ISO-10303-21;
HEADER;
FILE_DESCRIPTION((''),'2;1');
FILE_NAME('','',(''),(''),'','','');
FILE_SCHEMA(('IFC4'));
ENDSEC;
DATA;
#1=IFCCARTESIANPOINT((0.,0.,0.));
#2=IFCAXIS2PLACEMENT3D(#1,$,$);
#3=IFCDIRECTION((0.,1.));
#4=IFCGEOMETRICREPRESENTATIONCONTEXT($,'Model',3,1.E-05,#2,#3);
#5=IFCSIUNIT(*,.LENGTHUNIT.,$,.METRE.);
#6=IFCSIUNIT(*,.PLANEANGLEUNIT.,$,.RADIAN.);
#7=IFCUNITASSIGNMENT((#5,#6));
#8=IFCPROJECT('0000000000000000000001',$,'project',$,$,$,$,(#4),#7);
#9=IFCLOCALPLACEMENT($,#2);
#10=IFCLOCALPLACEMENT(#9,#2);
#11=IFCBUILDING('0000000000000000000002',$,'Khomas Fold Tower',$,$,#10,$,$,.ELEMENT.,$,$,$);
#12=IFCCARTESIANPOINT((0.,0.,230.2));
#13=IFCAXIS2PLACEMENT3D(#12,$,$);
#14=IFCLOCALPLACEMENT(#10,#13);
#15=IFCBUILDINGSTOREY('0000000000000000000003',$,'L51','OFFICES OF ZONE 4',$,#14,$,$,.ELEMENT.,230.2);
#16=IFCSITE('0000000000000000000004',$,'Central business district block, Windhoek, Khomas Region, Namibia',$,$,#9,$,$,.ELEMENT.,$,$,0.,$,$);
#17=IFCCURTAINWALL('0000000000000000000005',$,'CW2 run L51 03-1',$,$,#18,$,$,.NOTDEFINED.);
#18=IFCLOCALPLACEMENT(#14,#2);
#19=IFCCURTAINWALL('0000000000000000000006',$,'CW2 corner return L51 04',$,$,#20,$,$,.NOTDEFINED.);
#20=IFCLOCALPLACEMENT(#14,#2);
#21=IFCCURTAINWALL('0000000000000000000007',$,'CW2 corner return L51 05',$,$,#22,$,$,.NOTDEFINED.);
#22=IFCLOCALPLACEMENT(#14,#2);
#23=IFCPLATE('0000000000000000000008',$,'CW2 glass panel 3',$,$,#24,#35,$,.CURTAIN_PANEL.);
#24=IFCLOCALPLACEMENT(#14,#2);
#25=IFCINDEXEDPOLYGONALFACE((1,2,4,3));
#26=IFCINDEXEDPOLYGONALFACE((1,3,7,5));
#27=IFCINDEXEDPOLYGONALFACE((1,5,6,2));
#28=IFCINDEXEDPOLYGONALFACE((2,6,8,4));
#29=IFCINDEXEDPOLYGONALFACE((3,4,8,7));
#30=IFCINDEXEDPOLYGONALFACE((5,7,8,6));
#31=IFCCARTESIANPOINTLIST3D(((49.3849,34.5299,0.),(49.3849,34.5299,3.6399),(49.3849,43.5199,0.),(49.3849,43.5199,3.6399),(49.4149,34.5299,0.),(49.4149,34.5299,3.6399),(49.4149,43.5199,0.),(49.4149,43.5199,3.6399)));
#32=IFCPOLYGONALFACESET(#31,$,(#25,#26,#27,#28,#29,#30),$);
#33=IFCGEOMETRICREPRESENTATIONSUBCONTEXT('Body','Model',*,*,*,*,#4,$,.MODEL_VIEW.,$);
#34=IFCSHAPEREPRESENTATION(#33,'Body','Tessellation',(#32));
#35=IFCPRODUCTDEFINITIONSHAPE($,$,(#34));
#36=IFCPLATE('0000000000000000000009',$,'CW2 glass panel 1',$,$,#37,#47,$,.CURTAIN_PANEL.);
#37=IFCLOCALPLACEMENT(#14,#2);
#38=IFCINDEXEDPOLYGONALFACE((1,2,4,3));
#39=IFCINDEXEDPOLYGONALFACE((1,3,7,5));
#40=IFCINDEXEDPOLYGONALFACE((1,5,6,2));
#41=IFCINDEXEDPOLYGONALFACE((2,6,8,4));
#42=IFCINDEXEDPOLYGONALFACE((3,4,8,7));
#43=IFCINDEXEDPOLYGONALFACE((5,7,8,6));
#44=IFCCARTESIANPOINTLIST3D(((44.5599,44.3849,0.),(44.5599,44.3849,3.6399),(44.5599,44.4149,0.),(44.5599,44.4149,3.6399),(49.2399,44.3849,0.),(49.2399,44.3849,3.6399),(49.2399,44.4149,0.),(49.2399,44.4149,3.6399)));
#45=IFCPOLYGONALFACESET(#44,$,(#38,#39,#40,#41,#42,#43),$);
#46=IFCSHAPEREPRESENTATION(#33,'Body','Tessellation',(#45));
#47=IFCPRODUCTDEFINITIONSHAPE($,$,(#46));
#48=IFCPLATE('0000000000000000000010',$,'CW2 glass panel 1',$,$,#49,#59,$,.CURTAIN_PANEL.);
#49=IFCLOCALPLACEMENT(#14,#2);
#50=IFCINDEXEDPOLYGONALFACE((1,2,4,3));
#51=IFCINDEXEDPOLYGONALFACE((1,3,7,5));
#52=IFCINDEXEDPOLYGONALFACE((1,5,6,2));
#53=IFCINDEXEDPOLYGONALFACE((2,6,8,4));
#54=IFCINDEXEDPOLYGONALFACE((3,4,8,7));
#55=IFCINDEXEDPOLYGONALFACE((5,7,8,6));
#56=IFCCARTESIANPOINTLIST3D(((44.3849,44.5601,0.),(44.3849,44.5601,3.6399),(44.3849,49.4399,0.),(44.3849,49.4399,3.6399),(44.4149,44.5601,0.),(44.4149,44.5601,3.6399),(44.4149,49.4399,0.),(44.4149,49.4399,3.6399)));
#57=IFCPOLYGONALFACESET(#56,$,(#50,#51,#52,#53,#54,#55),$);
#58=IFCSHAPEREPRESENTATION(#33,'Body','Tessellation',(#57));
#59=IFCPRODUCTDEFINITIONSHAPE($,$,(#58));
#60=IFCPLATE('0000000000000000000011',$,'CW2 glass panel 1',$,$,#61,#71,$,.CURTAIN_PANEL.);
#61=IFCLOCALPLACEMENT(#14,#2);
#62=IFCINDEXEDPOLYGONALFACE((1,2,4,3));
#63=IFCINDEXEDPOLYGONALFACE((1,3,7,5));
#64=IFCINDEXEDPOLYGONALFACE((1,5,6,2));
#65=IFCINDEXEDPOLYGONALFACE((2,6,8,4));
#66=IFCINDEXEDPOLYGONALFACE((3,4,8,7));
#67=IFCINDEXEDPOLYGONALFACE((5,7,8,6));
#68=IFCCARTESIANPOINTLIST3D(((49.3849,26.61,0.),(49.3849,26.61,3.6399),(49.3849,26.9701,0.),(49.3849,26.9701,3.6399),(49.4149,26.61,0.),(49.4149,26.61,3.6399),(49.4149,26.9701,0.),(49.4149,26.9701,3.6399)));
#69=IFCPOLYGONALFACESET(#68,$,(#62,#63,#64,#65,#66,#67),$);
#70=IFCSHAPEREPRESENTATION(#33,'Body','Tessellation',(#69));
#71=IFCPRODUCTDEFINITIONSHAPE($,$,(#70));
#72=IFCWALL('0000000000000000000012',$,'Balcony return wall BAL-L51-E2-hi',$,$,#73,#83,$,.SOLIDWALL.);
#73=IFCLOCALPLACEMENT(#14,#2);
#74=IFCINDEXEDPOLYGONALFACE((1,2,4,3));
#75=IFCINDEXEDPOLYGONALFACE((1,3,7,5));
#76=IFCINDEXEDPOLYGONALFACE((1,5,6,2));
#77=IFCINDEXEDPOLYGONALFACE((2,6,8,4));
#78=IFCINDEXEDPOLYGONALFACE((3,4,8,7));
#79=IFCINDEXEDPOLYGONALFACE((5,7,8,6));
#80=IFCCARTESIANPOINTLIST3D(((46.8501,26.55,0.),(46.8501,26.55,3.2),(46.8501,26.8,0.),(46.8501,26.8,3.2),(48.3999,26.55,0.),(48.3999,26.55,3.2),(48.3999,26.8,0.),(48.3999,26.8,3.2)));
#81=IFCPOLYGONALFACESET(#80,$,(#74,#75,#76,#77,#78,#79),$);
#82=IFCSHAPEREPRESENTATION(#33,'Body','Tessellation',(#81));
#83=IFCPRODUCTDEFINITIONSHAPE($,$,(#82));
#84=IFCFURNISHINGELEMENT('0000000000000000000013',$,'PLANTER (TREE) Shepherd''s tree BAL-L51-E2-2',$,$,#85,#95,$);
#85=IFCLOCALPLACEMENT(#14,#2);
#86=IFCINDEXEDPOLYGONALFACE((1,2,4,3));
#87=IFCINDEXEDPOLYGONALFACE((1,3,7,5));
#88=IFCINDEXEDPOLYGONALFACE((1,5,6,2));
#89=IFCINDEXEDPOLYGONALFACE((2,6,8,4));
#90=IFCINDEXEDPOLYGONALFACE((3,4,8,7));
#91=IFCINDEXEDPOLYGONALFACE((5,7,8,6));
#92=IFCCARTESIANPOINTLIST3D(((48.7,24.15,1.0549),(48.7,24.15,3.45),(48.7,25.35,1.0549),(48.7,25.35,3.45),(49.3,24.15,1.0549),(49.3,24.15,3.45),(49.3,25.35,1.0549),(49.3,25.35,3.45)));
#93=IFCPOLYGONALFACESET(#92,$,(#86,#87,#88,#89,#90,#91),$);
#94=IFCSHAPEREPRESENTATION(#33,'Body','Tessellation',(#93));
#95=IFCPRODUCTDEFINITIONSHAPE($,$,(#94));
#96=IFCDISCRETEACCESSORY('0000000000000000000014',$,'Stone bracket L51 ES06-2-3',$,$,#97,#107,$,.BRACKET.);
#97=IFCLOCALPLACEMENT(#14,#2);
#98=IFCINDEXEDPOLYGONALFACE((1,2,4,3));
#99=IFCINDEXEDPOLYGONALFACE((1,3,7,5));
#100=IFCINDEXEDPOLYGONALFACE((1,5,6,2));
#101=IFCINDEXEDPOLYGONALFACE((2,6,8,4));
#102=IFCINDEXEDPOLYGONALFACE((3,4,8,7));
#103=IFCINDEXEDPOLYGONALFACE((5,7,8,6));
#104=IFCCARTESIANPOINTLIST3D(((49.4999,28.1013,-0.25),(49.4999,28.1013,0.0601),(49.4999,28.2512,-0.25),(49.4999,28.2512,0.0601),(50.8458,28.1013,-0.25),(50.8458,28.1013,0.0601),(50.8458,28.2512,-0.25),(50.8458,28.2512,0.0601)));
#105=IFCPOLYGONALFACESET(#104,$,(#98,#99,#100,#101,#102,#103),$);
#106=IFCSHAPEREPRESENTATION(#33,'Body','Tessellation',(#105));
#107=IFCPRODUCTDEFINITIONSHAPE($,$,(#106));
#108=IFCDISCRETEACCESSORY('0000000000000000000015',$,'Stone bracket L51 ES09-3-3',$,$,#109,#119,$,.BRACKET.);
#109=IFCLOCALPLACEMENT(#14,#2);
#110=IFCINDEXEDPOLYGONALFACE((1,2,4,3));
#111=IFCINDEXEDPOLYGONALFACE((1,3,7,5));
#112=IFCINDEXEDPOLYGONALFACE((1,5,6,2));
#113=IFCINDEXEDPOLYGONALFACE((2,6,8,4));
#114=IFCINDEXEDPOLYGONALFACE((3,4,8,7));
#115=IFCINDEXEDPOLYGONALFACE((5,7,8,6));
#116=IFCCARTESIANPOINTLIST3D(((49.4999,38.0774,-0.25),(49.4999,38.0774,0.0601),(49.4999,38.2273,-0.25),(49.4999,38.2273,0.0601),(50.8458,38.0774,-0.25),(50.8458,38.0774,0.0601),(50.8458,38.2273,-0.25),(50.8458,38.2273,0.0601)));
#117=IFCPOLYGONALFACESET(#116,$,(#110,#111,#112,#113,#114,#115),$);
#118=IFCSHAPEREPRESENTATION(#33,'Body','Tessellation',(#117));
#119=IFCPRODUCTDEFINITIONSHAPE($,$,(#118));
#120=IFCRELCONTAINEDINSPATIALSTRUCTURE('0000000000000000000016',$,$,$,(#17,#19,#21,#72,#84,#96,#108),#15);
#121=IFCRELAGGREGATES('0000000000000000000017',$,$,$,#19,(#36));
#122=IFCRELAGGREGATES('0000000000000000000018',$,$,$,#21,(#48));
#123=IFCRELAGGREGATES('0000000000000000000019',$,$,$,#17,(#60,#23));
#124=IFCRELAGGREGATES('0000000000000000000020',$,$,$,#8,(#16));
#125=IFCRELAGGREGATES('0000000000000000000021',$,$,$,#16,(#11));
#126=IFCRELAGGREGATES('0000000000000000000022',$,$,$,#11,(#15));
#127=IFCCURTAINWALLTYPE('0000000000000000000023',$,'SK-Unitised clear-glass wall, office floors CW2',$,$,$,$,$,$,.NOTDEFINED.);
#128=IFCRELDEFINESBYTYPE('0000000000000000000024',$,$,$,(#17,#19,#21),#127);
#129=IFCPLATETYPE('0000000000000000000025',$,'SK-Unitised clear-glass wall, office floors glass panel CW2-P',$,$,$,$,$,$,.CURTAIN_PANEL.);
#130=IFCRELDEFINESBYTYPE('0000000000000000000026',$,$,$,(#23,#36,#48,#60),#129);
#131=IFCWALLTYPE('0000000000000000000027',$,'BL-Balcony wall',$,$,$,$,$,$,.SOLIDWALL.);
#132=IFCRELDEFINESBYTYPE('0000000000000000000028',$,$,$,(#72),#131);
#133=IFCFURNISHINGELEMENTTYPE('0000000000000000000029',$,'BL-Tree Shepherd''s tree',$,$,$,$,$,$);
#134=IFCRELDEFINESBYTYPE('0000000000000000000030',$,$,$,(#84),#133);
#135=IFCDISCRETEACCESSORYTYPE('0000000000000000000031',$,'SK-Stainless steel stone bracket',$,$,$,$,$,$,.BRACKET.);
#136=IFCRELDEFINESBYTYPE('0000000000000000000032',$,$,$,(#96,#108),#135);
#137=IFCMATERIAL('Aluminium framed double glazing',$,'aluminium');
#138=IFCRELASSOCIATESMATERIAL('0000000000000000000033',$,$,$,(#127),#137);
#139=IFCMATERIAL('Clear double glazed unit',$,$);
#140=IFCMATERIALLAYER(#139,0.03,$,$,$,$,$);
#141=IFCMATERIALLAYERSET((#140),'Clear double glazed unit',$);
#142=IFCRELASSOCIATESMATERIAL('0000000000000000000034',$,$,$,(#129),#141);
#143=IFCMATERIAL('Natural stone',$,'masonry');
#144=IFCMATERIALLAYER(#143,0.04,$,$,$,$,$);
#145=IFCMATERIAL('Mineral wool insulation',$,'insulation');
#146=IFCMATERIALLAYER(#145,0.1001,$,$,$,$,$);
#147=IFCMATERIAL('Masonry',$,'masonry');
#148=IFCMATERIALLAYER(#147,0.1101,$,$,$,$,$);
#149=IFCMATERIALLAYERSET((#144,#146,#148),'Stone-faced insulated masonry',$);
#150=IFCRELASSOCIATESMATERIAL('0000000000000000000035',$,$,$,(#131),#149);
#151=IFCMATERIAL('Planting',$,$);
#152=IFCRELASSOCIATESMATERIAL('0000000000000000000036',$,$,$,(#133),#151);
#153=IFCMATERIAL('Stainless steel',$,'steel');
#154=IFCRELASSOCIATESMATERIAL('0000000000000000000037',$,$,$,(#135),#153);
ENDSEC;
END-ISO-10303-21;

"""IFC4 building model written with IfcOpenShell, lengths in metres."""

from ifc_helpers import new_model, si_unit, direction, frame, frame_2d, origin, origin_2d, place, context, subcontext, project, spatial, rectangle, extrude, source, transform, mapped, material, layer, layer_set, type_object, element, aggregate, save


model = new_model("IFC4")

# Units and contexts
model_context = context("Model", 3, precision=1e-05, world=origin(), true_north=direction((0.0, 1.0)))
body_context = subcontext(model_context, "Body", "Model", "MODEL_VIEW")
ifc_project = project(units=[si_unit("LENGTHUNIT", "METRE"), si_unit("PLANEANGLEUNIT", "RADIAN")], contexts=[model_context])

# Site, building, storey
site_placement = place(None, origin())
site = spatial("IfcSite", under=ifc_project, at=site_placement, Name="Central business district block, Windhoek, Khomas Region, Namibia", CompositionType="ELEMENT", RefElevation=0.0)
building_placement = place(site_placement, origin())
building = spatial("IfcBuilding", under=site, at=building_placement, Name="Khomas Fold Tower", CompositionType="ELEMENT")
storey_placement = place(building_placement, frame((0.0, 0.0, 230.2)))
storey = spatial("IfcBuildingStorey", under=building, at=storey_placement, Name="L51", Description="OFFICES OF ZONE 4", CompositionType="ELEMENT", Elevation=230.2)

# Curtain walls
ifc_material_1 = material(Name="Aluminium framed double glazing", Category="aluminium")
curtain_wall_type = type_object("IfcCurtainWallType", Name="SK-Unitised clear-glass wall, office floors CW2", PredefinedType="NOTDEFINED", material=ifc_material_1)
curtain_wall_1_placement = place(storey_placement, origin())
curtain_wall_1 = element("IfcCurtainWall", 1, at=curtain_wall_1_placement, inside=storey, type_object=curtain_wall_type, Name="CW2 run L51 03-1", PredefinedType="NOTDEFINED")
curtain_wall_2_placement = place(storey_placement, origin())
curtain_wall_2 = element("IfcCurtainWall", 2, at=curtain_wall_2_placement, inside=storey, type_object=curtain_wall_type, Name="CW2 corner return L51 04", PredefinedType="NOTDEFINED")
curtain_wall_3_placement = place(storey_placement, origin())
curtain_wall_3 = element("IfcCurtainWall", 3, at=curtain_wall_3_placement, inside=storey, type_object=curtain_wall_type, Name="CW2 corner return L51 05", PredefinedType="NOTDEFINED")

# Plates
ifc_material_2 = material(Name="Clear double glazed unit")
ifc_layer_1 = layer(ifc_material_2, 0.03)
ifc_layer_set_1 = layer_set([ifc_layer_1], Name="Clear double glazed unit")
plate_type = type_object("IfcPlateType", Name="SK-Unitised clear-glass wall, office floors glass panel CW2-P", PredefinedType="CURTAIN_PANEL", material=ifc_layer_set_1)
shared_shape_1 = source(origin(), body_context, "Body", "SweptSolid", [
    extrude(rectangle(XDim=8.99, YDim=0.03, at=origin_2d()), origin(), (0.0, 0.0, 1.0), 3.6399),
])
plate_1_placement = place(storey_placement, frame((49.3999, 39.0249, 0.0), z_axis=(0.0, 0.0, 1.0), x_axis=(0.0, 1.0, 0.0)))
plate_1 = element("IfcPlate", 4, at=plate_1_placement, type_object=plate_type, Name="CW2 glass panel 3", PredefinedType="CURTAIN_PANEL", context=body_context, shape_type="MappedRepresentation", body=[
    mapped(shared_shape_1, transform((0.0, 0.0, 0.0))),
])
shared_shape_2 = source(origin(), body_context, "Body", "SweptSolid", [
    extrude(rectangle(XDim=4.6799, YDim=0.03, at=origin_2d()), origin(), (0.0, 0.0, 1.0), 3.6399),
])
plate_2_placement = place(storey_placement, frame((46.8999, 44.3999, 0.0), z_axis=(0.0, 0.0, 1.0), x_axis=(-1.0, 0.0, 0.0)))
plate_2 = element("IfcPlate", 5, at=plate_2_placement, type_object=plate_type, Name="CW2 glass panel 1", PredefinedType="CURTAIN_PANEL", context=body_context, shape_type="MappedRepresentation", body=[
    mapped(shared_shape_2, transform((0.0, 0.0, 0.0))),
])
aggregate(curtain_wall_2, [plate_2])
shared_shape_3 = source(origin(), body_context, "Body", "SweptSolid", [
    extrude(rectangle(XDim=4.8799, YDim=0.03, at=origin_2d()), origin(), (0.0, 0.0, 1.0), 3.6399),
])
plate_3_placement = place(storey_placement, frame((44.3999, 47.0, 0.0), z_axis=(0.0, 0.0, 1.0), x_axis=(0.0, 1.0, 0.0)))
plate_3 = element("IfcPlate", 6, at=plate_3_placement, type_object=plate_type, Name="CW2 glass panel 1", PredefinedType="CURTAIN_PANEL", context=body_context, shape_type="MappedRepresentation", body=[
    mapped(shared_shape_3, transform((0.0, 0.0, 0.0))),
])
aggregate(curtain_wall_3, [plate_3])
shared_shape_4 = source(origin(), body_context, "Body", "SweptSolid", [
    extrude(rectangle(XDim=0.3601, YDim=0.03, at=origin_2d()), origin(), (0.0, 0.0, 1.0), 3.6399),
])
plate_4_placement = place(storey_placement, frame((49.3999, 26.79, 0.0), z_axis=(0.0, 0.0, 1.0), x_axis=(0.0, 1.0, 0.0)))
plate_4 = element("IfcPlate", 7, at=plate_4_placement, type_object=plate_type, Name="CW2 glass panel 1", PredefinedType="CURTAIN_PANEL", context=body_context, shape_type="MappedRepresentation", body=[
    mapped(shared_shape_4, transform((0.0, 0.0, 0.0))),
])
aggregate(curtain_wall_1, [plate_4, plate_1])

# Wall
ifc_material_3 = material(Name="Natural stone", Category="masonry")
ifc_layer_2 = layer(ifc_material_3, 0.04)
ifc_material_4 = material(Name="Mineral wool insulation", Category="insulation")
ifc_layer_3 = layer(ifc_material_4, 0.1001)
ifc_material_5 = material(Name="Masonry", Category="masonry")
ifc_layer_4 = layer(ifc_material_5, 0.1101)
ifc_layer_set_2 = layer_set([ifc_layer_2, ifc_layer_3, ifc_layer_4], Name="Stone-faced insulated masonry")
wall_type = type_object("IfcWallType", Name="BL-Balcony wall", PredefinedType="SOLIDWALL", material=ifc_layer_set_2)
shared_shape_5 = source(origin(), body_context, "Body", "SweptSolid", [
    extrude(rectangle(XDim=1.5498, YDim=0.25, at=frame_2d((0.7749, 0.0))), origin(), (0.0, 0.0, 1.0), 3.2),
])
wall_placement = place(storey_placement, frame((48.3999, 26.675, 0.0), z_axis=(0.0, 0.0, 1.0), x_axis=(-1.0, 0.0, 0.0)))
element("IfcWall", 8, at=wall_placement, inside=storey, type_object=wall_type, Name="Balcony return wall BAL-L51-E2-hi", PredefinedType="SOLIDWALL", context=body_context, shape_type="MappedRepresentation", body=[
    mapped(shared_shape_5, transform((0.0, 0.0, 0.0))),
])

# Furnishing element
ifc_material_6 = material(Name="Planting")
furnishing_element_type = type_object("IfcFurnishingElementType", Name="BL-Tree Shepherd's tree", material=ifc_material_6)
shared_shape_6 = source(origin(), body_context, "Body", "SweptSolid", [
    extrude(rectangle(XDim=1.2, YDim=0.6001, at=origin_2d()), origin(), (0.0, 0.0, 1.0), 2.395),
])
furnishing_placement = place(storey_placement, frame((49.0, 24.75, 1.0549), z_axis=(0.0, 0.0, 1.0), x_axis=(0.0, 1.0, 0.0)))
element("IfcFurnishingElement", 9, at=furnishing_placement, inside=storey, type_object=furnishing_element_type, Name="PLANTER (TREE) Shepherd's tree BAL-L51-E2-2", context=body_context, shape_type="MappedRepresentation", body=[
    mapped(shared_shape_6, transform((0.0, 0.0, 0.0))),
])

# Discrete accessories
ifc_material_7 = material(Name="Stainless steel", Category="steel")
discrete_accessory_type = type_object("IfcDiscreteAccessoryType", Name="SK-Stainless steel stone bracket", PredefinedType="BRACKET", material=ifc_material_7)
shared_shape_7 = source(origin(), body_context, "Body", "SweptSolid", [
    extrude(rectangle(XDim=1.3459, YDim=0.1499, at=origin_2d()), origin(), (0.0, 0.0, 1.0), 0.3101),
])
for number, where, z_axis, x_axis, name in (
    (10, (50.1729, 28.1763, -0.25), (0.0, 0.0, 1.0), (1.0, 0.0, 0.0), "Stone bracket L51 ES06-2-3"),
    (11, (50.1729, 38.1523, -0.25), (0.0, 0.0, 1.0), (1.0, 0.0, 0.0), "Stone bracket L51 ES09-3-3"),
):
    element("IfcDiscreteAccessory", number, at=place(storey_placement, frame(where, z_axis=z_axis, x_axis=x_axis)), inside=storey, type_object=discrete_accessory_type, Name=name, PredefinedType="BRACKET", context=body_context, shape_type="MappedRepresentation", body=[
        mapped(shared_shape_7, transform((0.0, 0.0, 0.0))),
    ])

save(model, "model.ifc")
